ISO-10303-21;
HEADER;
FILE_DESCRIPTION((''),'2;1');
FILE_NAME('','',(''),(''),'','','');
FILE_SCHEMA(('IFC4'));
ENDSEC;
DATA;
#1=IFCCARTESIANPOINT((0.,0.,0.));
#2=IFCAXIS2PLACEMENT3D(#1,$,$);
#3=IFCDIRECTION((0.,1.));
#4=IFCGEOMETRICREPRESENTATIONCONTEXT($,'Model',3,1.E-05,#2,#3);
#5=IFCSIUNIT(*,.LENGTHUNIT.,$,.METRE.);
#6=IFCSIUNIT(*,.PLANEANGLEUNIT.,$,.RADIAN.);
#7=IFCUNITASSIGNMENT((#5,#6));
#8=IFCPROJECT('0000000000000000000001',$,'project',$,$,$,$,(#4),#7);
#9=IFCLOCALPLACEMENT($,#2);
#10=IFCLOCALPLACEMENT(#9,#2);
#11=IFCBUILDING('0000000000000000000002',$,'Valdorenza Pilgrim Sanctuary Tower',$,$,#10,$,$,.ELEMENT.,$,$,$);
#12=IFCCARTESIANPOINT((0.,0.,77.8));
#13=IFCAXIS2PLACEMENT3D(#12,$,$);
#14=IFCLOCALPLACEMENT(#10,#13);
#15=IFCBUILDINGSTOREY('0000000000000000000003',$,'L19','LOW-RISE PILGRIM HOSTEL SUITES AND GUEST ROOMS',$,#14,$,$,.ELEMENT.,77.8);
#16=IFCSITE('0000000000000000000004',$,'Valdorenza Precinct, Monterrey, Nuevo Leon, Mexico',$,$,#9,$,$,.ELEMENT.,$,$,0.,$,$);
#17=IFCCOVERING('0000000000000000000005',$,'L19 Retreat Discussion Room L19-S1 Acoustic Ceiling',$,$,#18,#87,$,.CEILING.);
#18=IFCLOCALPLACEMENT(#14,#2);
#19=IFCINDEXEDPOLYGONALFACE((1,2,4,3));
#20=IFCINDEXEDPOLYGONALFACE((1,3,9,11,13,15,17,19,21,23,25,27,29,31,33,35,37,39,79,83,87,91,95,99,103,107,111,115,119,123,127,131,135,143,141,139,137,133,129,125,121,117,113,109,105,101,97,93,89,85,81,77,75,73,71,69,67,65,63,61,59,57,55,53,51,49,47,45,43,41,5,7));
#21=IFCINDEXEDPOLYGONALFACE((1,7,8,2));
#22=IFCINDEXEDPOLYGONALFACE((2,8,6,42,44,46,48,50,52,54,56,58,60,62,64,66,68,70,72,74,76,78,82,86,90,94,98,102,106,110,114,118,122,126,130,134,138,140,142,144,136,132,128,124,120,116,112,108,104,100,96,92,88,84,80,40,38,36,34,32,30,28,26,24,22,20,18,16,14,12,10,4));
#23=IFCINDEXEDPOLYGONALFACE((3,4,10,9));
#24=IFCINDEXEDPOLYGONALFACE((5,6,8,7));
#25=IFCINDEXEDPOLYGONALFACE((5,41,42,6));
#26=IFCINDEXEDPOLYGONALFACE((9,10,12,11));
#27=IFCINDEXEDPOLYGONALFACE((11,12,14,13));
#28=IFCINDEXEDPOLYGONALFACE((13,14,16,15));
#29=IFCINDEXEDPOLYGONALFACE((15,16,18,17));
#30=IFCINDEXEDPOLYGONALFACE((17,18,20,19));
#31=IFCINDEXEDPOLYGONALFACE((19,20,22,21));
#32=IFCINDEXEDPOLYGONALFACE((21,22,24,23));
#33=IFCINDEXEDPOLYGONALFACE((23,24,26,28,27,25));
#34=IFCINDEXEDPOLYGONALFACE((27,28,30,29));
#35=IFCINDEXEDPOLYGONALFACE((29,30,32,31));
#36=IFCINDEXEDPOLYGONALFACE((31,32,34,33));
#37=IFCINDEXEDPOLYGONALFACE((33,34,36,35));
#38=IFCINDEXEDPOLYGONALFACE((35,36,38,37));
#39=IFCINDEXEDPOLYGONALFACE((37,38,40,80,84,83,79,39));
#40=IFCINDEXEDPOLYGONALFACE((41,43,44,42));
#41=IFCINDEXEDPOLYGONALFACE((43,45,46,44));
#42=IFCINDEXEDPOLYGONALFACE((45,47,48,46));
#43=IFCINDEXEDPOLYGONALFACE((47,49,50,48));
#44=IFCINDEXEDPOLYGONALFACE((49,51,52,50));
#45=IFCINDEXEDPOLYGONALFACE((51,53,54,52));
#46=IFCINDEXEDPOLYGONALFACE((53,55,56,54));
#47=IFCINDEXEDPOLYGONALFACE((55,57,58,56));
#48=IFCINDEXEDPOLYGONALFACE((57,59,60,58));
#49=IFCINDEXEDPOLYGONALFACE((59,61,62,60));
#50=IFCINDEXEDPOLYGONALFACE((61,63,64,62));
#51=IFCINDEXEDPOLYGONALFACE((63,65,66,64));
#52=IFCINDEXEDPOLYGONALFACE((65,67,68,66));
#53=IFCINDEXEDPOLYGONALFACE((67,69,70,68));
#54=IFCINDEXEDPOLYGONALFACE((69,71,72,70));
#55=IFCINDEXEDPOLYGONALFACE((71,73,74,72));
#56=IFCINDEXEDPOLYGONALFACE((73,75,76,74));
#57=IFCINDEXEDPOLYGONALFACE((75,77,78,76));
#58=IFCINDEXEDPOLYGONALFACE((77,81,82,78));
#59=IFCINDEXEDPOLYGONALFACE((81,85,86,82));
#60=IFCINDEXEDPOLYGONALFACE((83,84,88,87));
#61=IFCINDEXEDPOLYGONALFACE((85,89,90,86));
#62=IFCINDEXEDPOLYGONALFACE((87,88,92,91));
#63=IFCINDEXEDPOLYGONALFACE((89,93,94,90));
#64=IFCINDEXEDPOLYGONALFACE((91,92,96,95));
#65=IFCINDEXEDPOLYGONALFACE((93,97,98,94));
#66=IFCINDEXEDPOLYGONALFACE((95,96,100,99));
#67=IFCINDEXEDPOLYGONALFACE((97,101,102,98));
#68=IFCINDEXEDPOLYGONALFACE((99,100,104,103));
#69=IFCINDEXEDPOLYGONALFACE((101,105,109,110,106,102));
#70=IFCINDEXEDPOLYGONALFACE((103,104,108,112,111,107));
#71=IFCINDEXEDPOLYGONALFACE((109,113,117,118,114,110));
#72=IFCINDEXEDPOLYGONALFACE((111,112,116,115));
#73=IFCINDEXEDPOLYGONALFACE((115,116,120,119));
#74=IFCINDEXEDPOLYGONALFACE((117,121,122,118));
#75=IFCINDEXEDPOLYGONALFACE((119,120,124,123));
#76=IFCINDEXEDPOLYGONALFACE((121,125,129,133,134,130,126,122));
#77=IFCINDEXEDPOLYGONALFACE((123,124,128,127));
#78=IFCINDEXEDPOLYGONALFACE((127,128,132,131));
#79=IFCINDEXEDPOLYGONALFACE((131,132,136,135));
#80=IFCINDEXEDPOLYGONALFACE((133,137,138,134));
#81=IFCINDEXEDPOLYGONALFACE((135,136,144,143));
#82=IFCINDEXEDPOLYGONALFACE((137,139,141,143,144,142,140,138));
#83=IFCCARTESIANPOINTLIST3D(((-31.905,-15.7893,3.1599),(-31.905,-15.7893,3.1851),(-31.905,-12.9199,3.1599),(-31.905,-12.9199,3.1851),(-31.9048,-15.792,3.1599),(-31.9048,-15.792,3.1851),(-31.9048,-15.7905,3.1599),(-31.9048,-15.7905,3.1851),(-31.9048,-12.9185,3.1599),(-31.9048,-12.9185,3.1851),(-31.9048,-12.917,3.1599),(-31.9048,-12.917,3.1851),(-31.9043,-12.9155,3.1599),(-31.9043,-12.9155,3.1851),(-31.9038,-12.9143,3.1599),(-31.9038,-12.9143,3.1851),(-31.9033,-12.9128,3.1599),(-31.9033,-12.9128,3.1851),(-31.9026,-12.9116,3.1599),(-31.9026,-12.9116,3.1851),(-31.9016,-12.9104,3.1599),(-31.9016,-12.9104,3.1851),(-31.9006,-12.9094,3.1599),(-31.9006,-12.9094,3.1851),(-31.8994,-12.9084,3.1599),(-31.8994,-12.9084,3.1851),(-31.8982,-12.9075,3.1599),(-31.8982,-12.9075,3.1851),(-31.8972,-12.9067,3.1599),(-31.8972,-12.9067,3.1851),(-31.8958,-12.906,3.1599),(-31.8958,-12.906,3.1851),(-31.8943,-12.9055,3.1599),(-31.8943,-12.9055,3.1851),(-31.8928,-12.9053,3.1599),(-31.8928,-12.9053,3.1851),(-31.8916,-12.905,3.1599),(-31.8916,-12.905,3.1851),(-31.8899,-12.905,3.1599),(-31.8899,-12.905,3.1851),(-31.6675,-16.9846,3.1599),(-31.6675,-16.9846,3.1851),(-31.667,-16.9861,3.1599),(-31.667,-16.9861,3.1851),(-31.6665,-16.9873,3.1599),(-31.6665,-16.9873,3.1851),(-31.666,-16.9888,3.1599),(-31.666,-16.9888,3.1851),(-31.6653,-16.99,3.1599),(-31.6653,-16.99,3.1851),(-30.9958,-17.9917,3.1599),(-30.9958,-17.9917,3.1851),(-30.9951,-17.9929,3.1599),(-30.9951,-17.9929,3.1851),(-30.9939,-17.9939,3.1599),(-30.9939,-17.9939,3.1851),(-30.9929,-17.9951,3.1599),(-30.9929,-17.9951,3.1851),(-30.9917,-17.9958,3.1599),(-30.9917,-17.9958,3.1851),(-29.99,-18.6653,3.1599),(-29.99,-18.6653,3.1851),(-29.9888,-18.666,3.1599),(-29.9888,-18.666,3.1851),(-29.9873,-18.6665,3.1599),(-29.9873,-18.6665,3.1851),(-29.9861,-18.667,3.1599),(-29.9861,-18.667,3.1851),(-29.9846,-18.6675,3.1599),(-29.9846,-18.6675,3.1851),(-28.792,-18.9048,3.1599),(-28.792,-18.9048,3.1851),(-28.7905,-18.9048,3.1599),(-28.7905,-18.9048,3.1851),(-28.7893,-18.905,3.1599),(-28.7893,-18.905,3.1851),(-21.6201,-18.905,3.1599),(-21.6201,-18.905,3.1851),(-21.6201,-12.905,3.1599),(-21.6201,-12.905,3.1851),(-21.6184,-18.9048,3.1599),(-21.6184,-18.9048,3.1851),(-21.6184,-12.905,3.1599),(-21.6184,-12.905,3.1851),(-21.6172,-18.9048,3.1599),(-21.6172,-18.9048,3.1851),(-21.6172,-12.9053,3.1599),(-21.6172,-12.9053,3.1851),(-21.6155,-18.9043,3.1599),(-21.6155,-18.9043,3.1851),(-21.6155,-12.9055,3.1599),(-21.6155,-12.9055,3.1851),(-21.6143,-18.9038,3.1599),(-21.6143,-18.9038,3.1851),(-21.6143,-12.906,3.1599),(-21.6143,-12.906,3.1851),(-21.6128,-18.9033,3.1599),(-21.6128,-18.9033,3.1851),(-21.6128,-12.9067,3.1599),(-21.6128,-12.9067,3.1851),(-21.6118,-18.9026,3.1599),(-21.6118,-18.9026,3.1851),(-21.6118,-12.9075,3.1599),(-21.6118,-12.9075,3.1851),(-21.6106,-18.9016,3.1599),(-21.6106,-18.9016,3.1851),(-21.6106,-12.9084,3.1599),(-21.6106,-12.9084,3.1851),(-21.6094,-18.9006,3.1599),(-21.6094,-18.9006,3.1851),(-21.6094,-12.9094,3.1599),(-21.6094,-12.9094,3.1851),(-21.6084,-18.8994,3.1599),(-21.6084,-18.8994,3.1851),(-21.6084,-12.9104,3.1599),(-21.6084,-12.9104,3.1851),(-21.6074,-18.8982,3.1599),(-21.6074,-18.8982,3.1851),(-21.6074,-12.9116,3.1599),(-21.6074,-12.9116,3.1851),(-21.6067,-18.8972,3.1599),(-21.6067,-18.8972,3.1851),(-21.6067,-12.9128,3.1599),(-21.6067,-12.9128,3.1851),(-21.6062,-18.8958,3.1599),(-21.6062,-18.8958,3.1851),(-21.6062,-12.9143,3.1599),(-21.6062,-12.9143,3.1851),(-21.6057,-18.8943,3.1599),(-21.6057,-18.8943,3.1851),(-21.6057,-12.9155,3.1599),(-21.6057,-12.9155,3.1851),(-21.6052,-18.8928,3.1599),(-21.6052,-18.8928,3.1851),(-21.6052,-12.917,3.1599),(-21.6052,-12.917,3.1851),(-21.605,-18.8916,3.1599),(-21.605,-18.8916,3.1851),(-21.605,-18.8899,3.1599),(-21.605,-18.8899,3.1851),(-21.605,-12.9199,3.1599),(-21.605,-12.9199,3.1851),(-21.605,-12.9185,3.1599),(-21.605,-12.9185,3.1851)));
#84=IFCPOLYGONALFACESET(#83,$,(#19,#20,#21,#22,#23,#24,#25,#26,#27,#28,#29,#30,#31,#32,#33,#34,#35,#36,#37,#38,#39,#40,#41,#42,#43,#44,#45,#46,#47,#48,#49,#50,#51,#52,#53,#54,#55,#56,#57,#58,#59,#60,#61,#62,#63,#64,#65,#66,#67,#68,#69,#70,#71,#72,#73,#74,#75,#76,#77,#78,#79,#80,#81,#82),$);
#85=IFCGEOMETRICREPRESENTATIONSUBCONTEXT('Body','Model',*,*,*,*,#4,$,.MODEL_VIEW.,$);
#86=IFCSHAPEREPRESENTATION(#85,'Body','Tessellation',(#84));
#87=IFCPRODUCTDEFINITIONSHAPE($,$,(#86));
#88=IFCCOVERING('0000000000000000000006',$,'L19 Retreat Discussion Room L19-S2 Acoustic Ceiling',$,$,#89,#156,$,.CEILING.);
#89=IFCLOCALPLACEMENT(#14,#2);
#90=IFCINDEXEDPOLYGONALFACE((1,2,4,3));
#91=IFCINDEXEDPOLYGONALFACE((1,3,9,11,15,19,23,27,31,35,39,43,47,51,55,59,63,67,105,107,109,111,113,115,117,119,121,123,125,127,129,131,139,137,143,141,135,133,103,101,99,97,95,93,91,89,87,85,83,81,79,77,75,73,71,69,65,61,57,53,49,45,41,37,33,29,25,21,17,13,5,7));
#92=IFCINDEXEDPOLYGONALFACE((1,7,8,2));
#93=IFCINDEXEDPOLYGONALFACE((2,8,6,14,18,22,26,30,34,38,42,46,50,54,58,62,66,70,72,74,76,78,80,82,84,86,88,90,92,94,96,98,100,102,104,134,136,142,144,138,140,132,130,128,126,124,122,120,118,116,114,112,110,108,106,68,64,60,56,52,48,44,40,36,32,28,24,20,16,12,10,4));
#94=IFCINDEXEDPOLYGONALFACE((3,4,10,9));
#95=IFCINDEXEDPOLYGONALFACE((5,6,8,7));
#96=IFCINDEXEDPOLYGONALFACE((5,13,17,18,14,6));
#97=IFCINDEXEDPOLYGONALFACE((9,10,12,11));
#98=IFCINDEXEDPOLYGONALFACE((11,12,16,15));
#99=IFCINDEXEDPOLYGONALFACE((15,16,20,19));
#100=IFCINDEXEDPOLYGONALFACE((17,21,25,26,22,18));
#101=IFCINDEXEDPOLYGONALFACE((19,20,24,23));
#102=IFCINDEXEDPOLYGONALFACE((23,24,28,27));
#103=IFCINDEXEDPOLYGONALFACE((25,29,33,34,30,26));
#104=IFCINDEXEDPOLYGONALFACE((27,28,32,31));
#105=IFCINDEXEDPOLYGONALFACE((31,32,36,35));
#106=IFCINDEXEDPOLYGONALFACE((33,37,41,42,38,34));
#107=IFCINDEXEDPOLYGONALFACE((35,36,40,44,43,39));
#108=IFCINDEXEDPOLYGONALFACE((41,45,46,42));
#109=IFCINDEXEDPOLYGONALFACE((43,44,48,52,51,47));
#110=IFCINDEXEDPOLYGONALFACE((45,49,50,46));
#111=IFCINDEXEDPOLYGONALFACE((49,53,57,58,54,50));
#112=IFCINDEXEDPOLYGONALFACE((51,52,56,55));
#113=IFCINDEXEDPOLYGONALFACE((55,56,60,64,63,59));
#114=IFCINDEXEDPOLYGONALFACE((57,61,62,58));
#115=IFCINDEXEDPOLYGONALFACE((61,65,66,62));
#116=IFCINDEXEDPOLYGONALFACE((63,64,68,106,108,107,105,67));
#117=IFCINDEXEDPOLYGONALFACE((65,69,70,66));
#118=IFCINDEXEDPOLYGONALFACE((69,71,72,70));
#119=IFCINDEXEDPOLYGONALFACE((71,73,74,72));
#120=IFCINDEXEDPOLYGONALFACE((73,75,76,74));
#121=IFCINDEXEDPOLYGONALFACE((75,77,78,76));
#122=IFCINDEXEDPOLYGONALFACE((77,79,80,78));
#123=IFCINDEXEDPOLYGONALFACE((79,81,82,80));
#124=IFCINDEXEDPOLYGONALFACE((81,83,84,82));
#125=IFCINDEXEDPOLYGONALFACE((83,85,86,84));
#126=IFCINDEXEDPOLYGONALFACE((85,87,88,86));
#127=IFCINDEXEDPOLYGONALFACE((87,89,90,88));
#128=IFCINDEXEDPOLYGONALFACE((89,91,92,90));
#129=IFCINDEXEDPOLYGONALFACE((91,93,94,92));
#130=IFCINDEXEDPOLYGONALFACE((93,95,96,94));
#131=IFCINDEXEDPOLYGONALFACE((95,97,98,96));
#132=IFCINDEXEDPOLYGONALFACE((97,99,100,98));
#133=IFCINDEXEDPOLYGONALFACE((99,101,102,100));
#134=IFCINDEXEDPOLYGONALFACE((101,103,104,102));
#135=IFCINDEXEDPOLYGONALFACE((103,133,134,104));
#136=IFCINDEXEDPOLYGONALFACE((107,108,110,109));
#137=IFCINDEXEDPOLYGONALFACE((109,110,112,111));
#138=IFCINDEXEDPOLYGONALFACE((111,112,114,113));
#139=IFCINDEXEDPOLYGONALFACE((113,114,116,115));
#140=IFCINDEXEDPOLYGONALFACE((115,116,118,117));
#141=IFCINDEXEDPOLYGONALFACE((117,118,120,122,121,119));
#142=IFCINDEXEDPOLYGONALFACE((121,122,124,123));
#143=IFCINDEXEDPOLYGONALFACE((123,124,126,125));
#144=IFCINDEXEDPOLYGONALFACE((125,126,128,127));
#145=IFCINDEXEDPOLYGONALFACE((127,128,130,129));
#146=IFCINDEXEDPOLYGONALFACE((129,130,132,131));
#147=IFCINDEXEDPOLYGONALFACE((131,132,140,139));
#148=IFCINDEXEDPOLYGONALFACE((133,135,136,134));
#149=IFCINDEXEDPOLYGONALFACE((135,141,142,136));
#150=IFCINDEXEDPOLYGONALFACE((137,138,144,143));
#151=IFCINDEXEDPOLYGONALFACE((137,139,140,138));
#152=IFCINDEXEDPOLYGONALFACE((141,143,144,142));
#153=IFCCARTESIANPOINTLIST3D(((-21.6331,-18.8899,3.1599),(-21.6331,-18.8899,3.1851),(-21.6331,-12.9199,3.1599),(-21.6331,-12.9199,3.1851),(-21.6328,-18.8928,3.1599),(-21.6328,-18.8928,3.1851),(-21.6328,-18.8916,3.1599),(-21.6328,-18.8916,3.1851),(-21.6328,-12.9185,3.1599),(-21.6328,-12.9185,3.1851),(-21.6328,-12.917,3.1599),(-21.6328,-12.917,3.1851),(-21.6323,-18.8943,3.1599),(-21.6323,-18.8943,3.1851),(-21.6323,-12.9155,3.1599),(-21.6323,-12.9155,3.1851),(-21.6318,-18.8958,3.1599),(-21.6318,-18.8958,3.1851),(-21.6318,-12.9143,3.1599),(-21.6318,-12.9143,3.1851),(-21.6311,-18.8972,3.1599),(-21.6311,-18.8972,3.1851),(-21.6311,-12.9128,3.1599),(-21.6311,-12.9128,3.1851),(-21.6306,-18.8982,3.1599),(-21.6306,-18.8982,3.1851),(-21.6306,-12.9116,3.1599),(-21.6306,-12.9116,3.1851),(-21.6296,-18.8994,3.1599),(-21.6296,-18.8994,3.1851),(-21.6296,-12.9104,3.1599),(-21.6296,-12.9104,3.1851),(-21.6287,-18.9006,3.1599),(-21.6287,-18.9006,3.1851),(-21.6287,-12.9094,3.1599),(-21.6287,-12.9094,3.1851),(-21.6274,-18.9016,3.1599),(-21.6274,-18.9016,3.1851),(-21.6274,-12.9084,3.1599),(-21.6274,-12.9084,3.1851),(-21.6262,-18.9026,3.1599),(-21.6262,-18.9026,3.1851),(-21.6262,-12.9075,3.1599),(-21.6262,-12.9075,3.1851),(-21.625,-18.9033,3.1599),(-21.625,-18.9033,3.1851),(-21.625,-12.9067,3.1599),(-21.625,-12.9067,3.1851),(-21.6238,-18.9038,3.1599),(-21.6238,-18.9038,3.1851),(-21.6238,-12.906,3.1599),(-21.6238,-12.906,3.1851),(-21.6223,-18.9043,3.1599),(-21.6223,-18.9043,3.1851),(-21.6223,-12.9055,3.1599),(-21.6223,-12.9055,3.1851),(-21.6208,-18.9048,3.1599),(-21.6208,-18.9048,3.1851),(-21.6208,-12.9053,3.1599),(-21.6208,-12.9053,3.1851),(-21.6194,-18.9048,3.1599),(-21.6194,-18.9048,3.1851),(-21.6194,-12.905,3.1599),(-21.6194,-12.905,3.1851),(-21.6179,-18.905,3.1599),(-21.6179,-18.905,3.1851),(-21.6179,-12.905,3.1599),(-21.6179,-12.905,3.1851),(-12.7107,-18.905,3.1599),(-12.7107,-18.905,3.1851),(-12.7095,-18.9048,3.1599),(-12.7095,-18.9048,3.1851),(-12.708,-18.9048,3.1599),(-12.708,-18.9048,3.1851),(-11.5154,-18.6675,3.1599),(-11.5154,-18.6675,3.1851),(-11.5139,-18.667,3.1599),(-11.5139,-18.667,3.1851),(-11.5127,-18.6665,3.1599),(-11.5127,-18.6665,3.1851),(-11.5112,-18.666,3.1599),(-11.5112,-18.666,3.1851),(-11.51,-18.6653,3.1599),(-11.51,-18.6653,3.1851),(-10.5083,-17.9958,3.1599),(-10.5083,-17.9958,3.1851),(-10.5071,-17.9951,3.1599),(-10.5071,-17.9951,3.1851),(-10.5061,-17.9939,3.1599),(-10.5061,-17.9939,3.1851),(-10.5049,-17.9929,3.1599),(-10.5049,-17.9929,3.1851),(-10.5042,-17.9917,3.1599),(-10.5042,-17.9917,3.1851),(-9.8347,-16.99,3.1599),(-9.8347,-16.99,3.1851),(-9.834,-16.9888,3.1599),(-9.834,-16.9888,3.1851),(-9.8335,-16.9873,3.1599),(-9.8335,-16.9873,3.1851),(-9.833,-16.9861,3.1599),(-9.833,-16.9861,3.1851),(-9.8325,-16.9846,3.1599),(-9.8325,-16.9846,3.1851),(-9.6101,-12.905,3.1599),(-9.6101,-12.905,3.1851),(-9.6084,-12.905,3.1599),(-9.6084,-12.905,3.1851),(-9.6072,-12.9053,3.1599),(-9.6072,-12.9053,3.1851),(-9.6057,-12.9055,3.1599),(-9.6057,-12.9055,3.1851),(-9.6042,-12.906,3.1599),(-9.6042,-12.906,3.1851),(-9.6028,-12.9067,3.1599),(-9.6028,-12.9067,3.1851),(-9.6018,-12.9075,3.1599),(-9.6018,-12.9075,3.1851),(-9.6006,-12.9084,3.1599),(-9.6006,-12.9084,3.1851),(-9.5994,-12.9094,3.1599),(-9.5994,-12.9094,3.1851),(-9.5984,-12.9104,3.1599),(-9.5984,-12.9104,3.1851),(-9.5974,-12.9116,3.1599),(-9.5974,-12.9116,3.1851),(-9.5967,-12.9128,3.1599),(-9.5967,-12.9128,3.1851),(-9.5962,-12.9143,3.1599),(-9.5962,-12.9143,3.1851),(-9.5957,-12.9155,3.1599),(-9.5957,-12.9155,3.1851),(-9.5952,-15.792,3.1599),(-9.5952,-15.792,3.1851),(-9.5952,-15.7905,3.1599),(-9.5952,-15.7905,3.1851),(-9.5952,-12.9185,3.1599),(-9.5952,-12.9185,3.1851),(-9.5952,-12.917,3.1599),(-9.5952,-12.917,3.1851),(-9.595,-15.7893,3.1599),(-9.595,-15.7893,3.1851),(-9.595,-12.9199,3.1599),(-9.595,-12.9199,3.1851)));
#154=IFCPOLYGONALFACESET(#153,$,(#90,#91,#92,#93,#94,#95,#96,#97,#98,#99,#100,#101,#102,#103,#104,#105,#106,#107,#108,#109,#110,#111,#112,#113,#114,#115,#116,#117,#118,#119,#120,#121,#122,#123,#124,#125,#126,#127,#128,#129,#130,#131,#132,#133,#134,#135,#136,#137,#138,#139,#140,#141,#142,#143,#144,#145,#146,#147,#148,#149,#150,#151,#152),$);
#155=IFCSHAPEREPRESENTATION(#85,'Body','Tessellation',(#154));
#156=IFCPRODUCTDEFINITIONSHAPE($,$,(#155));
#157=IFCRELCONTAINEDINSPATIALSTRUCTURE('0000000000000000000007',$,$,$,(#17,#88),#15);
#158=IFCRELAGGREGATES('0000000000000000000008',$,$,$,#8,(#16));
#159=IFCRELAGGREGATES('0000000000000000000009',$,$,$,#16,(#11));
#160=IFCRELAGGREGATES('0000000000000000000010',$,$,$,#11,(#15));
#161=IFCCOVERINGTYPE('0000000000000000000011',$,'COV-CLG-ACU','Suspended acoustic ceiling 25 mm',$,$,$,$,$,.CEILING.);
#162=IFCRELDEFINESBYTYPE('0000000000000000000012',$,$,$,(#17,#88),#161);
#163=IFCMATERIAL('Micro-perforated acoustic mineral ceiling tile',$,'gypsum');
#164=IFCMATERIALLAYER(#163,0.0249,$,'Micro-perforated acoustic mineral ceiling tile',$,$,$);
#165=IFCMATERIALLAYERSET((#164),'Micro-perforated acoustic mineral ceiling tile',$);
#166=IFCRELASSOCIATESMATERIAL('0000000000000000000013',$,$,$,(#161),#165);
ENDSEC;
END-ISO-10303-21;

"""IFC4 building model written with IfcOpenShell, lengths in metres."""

from ifc_helpers import new_model, si_unit, direction, frame, origin, place, context, subcontext, project, spatial, polyline, outline, extrude, material, layer, layer_set, type_object, element, save


model = new_model("IFC4")

# Units and contexts
model_context = context("Model", 3, precision=1e-05, world=origin(), true_north=direction((0.0, 1.0)))
body_context = subcontext(model_context, "Body", "Model", "MODEL_VIEW")
ifc_project = project(units=[si_unit("LENGTHUNIT", "METRE"), si_unit("PLANEANGLEUNIT", "RADIAN")], contexts=[model_context])

# Site, building, storey
site_placement = place(None, origin())
site = spatial("IfcSite", under=ifc_project, at=site_placement, Name="Valdorenza Precinct, Monterrey, Nuevo Leon, Mexico", CompositionType="ELEMENT", RefElevation=0.0)
building_placement = place(site_placement, origin())
building = spatial("IfcBuilding", under=site, at=building_placement, Name="Valdorenza Pilgrim Sanctuary Tower", CompositionType="ELEMENT")
storey_placement = place(building_placement, frame((0.0, 0.0, 77.8)))
storey = spatial("IfcBuildingStorey", under=building, at=storey_placement, Name="L19", Description="LOW-RISE PILGRIM HOSTEL SUITES AND GUEST ROOMS", CompositionType="ELEMENT", Elevation=77.8)

# Coverings
ifc_material_1 = material(Name="Micro-perforated acoustic mineral ceiling tile", Category="gypsum")
ifc_layer_1 = layer(ifc_material_1, 0.0249, Name="Micro-perforated acoustic mineral ceiling tile")
ifc_layer_set_1 = layer_set([ifc_layer_1], Name="Micro-perforated acoustic mineral ceiling tile")
covering_type_1 = type_object("IfcCoveringType", Name="COV-CLG-ACU", Description="Suspended acoustic ceiling 25 mm", PredefinedType="CEILING", material=ifc_layer_set_1)
covering_1_placement = place(storey_placement, frame((0.0, 0.0, 3.1599)))
element("IfcCovering", 1, at=covering_1_placement, inside=storey, type_object=covering_type_1, Name="L19 Retreat Discussion Room L19-S1 Acoustic Ceiling", PredefinedType="CEILING", context=body_context, shape_type="SweptSolid", body=[
    extrude(outline(polyline([(-21.605, -18.8899), (-21.605, -18.8916), (-21.6052, -18.8928), (-21.6057, -18.8943), (-21.6062, -18.8958), (-21.6067, -18.8972), (-21.6074, -18.8982), (-21.6084, -18.8994), (-21.6094, -18.9006), (-21.6106, -18.9016), (-21.6118, -18.9026), (-21.6128, -18.9033), (-21.6143, -18.9038), (-21.6155, -18.9043), (-21.6172, -18.9048), (-21.6184, -18.9048), (-21.6201, -18.905), (-28.7893, -18.905), (-28.7905, -18.9048), (-28.792, -18.9048), (-29.9846, -18.6675), (-29.9861, -18.667), (-29.9873, -18.6665), (-29.9888, -18.666), (-29.99, -18.6653), (-30.9917, -17.9958), (-30.9929, -17.9951), (-30.9939, -17.9939), (-30.9951, -17.9929), (-30.9958, -17.9917), (-31.6653, -16.99), (-31.666, -16.9888), (-31.6665, -16.9873), (-31.667, -16.9861), (-31.6675, -16.9846), (-31.9048, -15.792), (-31.9048, -15.7905), (-31.905, -15.7893), (-31.905, -12.9199), (-31.9048, -12.9185), (-31.9048, -12.917), (-31.9043, -12.9155), (-31.9038, -12.9143), (-31.9033, -12.9128), (-31.9026, -12.9116), (-31.9016, -12.9104), (-31.9006, -12.9094), (-31.8994, -12.9084), (-31.8982, -12.9075), (-31.8972, -12.9067), (-31.8958, -12.906), (-31.8943, -12.9055), (-31.8928, -12.9053), (-31.8916, -12.905), (-31.8899, -12.905), (-21.6201, -12.905), (-21.6184, -12.905), (-21.6172, -12.9053), (-21.6155, -12.9055), (-21.6143, -12.906), (-21.6128, -12.9067), (-21.6118, -12.9075), (-21.6106, -12.9084), (-21.6094, -12.9094), (-21.6084, -12.9104), (-21.6074, -12.9116), (-21.6067, -12.9128), (-21.6062, -12.9143), (-21.6057, -12.9155), (-21.6052, -12.917), (-21.605, -12.9185), (-21.605, -12.9199), (-21.605, -18.8899)])), origin(), (0.0, 0.0, 1.0), 0.0251),
])
covering_2_placement = place(storey_placement, frame((0.0, 0.0, 3.1599)))
element("IfcCovering", 2, at=covering_2_placement, inside=storey, type_object=covering_type_1, Name="L19 Retreat Discussion Room L19-S2 Acoustic Ceiling", PredefinedType="CEILING", context=body_context, shape_type="SweptSolid", body=[
    extrude(outline(polyline([(-9.6101, -12.905), (-9.6084, -12.905), (-9.6072, -12.9053), (-9.6057, -12.9055), (-9.6042, -12.906), (-9.6028, -12.9067), (-9.6018, -12.9075), (-9.6006, -12.9084), (-9.5994, -12.9094), (-9.5984, -12.9104), (-9.5974, -12.9116), (-9.5967, -12.9128), (-9.5962, -12.9143), (-9.5957, -12.9155), (-9.5952, -12.917), (-9.5952, -12.9185), (-9.595, -12.9199), (-9.595, -15.7893), (-9.5952, -15.7905), (-9.5952, -15.792), (-9.8325, -16.9846), (-9.833, -16.9861), (-9.8335, -16.9873), (-9.834, -16.9888), (-9.8347, -16.99), (-10.5042, -17.9917), (-10.5049, -17.9929), (-10.5061, -17.9939), (-10.5071, -17.9951), (-10.5083, -17.9958), (-11.51, -18.6653), (-11.5112, -18.666), (-11.5127, -18.6665), (-11.5139, -18.667), (-11.5154, -18.6675), (-12.708, -18.9048), (-12.7095, -18.9048), (-12.7107, -18.905), (-21.6179, -18.905), (-21.6194, -18.9048), (-21.6208, -18.9048), (-21.6223, -18.9043), (-21.6238, -18.9038), (-21.625, -18.9033), (-21.6262, -18.9026), (-21.6274, -18.9016), (-21.6287, -18.9006), (-21.6296, -18.8994), (-21.6306, -18.8982), (-21.6311, -18.8972), (-21.6318, -18.8958), (-21.6323, -18.8943), (-21.6328, -18.8928), (-21.6328, -18.8916), (-21.6331, -18.8899), (-21.6331, -12.9199), (-21.6328, -12.9185), (-21.6328, -12.917), (-21.6323, -12.9155), (-21.6318, -12.9143), (-21.6311, -12.9128), (-21.6306, -12.9116), (-21.6296, -12.9104), (-21.6287, -12.9094), (-21.6274, -12.9084), (-21.6262, -12.9075), (-21.625, -12.9067), (-21.6238, -12.906), (-21.6223, -12.9055), (-21.6208, -12.9053), (-21.6194, -12.905), (-21.6179, -12.905), (-9.6101, -12.905)])), origin(), (0.0, 0.0, 1.0), 0.0251),
])

save(model, "model.ifc")
